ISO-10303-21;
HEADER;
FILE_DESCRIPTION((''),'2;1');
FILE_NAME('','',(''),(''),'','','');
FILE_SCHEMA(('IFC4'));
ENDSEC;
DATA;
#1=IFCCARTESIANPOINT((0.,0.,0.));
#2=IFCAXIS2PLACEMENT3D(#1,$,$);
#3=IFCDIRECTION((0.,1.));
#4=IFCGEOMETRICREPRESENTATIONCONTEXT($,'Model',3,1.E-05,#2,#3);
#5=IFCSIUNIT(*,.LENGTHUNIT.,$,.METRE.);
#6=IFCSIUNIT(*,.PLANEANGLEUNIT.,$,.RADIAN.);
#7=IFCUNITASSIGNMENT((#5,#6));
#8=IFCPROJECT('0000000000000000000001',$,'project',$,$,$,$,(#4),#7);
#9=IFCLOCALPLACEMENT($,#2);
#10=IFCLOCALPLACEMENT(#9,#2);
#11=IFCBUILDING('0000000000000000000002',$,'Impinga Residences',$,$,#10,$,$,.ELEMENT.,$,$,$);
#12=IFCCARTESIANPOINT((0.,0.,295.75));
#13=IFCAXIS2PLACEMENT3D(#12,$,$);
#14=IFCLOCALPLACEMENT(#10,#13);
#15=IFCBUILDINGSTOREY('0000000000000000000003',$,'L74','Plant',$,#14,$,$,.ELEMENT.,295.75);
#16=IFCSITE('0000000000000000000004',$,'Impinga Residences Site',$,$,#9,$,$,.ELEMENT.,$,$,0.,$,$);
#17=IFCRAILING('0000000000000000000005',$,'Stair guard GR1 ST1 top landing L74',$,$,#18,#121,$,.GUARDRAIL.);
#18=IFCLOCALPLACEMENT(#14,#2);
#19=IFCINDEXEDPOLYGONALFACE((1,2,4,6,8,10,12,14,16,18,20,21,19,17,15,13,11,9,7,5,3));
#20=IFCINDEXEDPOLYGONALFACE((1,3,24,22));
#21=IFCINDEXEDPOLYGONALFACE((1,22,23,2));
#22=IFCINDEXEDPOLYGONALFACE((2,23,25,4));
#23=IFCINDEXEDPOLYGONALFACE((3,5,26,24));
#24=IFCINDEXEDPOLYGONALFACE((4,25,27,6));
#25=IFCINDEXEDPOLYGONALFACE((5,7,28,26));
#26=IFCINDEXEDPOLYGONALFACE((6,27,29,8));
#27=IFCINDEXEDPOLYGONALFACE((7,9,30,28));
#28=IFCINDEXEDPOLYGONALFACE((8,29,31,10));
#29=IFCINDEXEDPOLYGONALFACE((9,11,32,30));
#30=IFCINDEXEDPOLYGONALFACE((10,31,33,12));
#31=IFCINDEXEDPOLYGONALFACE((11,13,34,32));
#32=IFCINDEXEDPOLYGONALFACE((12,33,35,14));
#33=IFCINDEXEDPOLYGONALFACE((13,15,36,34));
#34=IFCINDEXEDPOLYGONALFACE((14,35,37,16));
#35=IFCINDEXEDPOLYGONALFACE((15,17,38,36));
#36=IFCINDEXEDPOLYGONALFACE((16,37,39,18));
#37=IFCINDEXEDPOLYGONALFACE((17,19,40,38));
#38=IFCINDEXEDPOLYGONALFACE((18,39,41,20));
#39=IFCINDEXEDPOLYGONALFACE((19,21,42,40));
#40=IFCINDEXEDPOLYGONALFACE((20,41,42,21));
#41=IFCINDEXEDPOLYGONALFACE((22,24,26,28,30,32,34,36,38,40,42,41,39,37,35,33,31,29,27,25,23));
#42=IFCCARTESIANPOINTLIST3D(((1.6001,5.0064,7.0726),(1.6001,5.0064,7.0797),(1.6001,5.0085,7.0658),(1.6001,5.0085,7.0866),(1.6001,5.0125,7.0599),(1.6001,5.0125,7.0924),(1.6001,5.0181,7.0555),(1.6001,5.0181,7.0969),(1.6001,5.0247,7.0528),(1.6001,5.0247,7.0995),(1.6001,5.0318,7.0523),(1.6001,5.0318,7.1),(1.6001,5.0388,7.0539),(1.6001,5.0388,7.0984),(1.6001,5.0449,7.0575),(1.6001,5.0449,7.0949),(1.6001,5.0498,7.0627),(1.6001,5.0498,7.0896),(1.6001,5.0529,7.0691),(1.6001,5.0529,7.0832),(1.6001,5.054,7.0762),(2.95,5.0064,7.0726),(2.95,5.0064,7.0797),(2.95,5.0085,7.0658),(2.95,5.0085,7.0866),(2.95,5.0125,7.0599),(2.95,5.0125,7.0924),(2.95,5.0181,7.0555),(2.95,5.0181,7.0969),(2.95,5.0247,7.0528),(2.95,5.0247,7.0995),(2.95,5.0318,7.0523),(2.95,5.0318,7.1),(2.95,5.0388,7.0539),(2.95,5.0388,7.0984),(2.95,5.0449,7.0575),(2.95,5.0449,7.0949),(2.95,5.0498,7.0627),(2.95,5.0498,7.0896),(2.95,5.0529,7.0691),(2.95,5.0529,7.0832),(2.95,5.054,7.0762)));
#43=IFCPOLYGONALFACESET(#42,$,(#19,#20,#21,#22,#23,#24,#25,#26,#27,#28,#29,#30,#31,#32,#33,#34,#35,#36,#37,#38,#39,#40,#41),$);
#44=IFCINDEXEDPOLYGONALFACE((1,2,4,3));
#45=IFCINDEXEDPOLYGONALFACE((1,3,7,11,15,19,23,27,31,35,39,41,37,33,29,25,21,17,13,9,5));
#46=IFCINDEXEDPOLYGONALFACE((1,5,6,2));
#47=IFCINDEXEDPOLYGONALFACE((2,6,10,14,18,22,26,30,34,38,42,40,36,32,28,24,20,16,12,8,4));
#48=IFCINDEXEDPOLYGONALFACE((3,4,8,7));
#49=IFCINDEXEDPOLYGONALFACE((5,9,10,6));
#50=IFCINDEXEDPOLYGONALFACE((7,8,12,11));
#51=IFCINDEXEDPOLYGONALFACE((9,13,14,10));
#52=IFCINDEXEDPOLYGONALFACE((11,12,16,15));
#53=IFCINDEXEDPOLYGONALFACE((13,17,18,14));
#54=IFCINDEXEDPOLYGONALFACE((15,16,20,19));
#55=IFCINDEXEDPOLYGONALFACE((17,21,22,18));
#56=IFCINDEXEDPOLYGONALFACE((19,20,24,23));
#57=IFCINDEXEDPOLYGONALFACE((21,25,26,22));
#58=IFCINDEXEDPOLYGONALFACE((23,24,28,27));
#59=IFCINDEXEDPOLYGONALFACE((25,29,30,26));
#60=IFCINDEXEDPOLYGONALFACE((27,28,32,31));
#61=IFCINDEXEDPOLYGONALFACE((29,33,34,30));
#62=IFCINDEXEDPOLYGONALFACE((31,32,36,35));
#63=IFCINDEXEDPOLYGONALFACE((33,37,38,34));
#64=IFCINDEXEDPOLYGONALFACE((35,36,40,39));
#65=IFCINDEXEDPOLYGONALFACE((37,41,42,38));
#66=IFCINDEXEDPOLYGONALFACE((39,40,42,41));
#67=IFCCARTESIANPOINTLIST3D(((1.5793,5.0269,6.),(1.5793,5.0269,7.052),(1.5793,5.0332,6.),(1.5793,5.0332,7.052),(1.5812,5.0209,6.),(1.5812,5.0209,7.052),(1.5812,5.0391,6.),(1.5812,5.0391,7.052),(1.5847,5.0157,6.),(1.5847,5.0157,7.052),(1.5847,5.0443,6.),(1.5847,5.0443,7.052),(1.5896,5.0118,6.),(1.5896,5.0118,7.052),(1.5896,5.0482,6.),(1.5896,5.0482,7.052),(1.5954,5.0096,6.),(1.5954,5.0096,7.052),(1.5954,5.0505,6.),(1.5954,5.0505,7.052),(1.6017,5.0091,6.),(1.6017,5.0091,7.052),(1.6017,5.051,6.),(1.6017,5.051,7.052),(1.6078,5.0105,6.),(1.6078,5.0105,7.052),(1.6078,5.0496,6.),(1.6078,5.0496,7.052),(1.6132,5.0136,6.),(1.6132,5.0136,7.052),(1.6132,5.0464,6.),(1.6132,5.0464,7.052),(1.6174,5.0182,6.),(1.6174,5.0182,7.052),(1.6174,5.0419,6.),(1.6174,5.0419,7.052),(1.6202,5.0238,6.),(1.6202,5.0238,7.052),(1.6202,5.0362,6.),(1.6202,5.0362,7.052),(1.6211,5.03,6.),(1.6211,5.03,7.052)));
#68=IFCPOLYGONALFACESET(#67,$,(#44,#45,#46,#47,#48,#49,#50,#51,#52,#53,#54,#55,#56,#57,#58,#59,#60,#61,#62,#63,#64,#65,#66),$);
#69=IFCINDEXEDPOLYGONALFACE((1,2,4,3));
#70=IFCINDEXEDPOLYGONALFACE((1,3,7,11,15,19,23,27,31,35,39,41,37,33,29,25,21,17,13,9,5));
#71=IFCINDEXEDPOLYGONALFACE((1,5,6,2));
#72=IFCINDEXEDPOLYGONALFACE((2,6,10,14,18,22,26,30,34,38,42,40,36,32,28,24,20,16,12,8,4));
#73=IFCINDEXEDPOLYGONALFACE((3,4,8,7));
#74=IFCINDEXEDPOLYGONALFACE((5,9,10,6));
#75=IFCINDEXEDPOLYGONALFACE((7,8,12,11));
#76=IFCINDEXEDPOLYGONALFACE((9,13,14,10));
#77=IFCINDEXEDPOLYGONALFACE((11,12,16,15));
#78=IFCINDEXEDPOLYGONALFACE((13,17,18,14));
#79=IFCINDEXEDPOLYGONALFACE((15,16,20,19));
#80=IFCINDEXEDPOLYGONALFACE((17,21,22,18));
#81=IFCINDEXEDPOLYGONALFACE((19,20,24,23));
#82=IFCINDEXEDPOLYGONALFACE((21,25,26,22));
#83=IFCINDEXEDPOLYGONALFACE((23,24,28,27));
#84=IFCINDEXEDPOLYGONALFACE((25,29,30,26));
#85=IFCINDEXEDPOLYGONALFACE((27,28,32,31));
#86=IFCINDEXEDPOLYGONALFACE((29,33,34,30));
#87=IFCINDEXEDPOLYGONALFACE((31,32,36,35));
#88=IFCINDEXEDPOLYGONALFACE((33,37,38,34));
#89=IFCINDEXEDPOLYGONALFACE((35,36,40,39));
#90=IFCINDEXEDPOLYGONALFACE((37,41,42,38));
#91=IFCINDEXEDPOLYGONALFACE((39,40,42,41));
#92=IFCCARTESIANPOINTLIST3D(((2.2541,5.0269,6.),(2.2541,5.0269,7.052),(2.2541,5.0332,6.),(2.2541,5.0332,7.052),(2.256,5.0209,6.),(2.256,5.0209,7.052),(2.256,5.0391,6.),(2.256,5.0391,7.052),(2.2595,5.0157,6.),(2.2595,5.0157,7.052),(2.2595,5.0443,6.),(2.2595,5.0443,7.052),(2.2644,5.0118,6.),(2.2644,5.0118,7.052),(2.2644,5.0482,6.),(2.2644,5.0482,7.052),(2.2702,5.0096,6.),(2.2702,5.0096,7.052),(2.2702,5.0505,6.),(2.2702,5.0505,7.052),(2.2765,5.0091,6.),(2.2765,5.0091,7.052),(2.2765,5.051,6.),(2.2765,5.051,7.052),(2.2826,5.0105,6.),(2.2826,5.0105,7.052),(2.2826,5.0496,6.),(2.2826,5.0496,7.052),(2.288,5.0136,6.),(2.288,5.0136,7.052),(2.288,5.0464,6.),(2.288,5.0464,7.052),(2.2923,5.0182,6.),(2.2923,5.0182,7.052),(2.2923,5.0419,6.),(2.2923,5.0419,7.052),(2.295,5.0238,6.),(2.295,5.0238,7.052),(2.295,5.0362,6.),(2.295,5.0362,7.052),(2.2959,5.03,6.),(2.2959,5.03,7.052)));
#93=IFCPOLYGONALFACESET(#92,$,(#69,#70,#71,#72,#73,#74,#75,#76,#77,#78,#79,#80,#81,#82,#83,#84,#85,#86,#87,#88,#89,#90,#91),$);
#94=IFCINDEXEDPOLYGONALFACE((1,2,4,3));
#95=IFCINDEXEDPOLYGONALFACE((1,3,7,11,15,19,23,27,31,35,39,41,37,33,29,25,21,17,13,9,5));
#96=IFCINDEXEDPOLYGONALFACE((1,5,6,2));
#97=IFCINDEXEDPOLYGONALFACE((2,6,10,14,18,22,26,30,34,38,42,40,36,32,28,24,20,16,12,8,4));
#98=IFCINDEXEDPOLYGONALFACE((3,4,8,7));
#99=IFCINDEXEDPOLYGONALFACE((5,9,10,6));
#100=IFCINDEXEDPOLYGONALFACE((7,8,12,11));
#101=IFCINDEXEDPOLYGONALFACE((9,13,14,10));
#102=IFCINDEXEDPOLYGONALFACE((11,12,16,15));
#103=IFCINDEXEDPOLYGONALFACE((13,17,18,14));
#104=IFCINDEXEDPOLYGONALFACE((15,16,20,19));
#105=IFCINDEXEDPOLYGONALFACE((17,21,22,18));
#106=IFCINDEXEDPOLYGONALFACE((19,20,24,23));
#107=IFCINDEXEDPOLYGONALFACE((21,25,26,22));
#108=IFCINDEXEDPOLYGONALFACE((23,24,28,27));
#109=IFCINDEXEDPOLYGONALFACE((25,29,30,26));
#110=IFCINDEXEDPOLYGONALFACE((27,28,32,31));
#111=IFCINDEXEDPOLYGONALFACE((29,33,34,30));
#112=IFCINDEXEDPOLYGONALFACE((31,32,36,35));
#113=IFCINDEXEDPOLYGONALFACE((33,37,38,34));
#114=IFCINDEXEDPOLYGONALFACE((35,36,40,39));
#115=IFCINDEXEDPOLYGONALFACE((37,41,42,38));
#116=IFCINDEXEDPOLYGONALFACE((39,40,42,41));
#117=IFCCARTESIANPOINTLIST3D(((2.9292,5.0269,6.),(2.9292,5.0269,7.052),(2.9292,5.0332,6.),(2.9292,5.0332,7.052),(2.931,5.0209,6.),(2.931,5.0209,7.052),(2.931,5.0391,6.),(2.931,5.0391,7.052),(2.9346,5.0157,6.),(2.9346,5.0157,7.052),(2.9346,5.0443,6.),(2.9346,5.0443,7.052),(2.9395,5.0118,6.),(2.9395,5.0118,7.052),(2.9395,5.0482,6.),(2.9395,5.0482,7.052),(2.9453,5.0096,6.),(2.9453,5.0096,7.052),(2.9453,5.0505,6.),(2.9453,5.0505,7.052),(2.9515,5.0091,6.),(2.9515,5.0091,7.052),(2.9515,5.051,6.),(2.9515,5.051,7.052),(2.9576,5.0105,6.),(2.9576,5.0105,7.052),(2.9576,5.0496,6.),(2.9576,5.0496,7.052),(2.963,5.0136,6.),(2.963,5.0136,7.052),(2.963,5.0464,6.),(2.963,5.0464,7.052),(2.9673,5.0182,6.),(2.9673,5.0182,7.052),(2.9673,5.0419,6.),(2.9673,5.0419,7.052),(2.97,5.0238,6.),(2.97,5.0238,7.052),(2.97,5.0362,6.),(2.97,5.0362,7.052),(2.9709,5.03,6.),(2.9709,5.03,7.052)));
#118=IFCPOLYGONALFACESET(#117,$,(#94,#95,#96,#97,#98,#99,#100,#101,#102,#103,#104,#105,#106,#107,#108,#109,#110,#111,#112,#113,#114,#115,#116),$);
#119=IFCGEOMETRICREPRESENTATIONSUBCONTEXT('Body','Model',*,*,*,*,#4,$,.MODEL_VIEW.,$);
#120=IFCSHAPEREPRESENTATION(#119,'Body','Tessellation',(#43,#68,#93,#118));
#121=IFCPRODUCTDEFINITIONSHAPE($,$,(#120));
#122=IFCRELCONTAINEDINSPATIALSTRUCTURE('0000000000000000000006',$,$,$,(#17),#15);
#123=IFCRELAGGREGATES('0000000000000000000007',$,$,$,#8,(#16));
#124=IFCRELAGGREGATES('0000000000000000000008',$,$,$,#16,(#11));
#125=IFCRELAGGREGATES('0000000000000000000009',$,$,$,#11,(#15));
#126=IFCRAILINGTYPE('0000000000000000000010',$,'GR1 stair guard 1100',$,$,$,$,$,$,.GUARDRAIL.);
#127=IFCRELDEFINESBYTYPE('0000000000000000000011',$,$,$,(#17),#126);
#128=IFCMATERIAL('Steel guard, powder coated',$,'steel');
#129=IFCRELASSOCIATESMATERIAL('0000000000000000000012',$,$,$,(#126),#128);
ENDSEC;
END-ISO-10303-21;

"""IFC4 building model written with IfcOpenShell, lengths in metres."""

from ifc_helpers import new_model, si_unit, direction, frame, origin, origin_2d, place, context, subcontext, project, spatial, circle, extrude, material, type_object, element, save


model = new_model("IFC4")

# Units and contexts
model_context = context("Model", 3, precision=1e-05, world=origin(), true_north=direction((0.0, 1.0)))
body_context = subcontext(model_context, "Body", "Model", "MODEL_VIEW")
ifc_project = project(units=[si_unit("LENGTHUNIT", "METRE"), si_unit("PLANEANGLEUNIT", "RADIAN")], contexts=[model_context])

# Site, building, storey
site_placement = place(None, origin())
site = spatial("IfcSite", under=ifc_project, at=site_placement, Name="Impinga Residences Site", CompositionType="ELEMENT", RefElevation=0.0)
building_placement = place(site_placement, origin())
building = spatial("IfcBuilding", under=site, at=building_placement, Name="Impinga Residences", CompositionType="ELEMENT")
storey_placement = place(building_placement, frame((0.0, 0.0, 295.75)))
storey = spatial("IfcBuildingStorey", under=building, at=storey_placement, Name="L74", Description="Plant", CompositionType="ELEMENT", Elevation=295.75)

# Railing
ifc_material_1 = material(Name="Steel guard, powder coated", Category="steel")
railing_type_1 = type_object("IfcRailingType", Name="GR1 stair guard 1100", PredefinedType="GUARDRAIL", material=ifc_material_1)
railing_1_placement = place(storey_placement, frame((1.6001, 5.03, 6.0)))
element("IfcRailing", 1, at=railing_1_placement, inside=storey, type_object=railing_type_1, Name="Stair guard GR1 ST1 top landing L74", PredefinedType="GUARDRAIL", context=body_context, shape_type="SweptSolid", body=[
    extrude(circle(Radius=0.0239, at=origin_2d()), frame((0.0, 0.0, 1.0762), z_axis=(1.0, 0.0, 0.0), x_axis=(0.0, 1.0, 0.0)), (0.0, 0.0, 1.0), 1.3499),
    extrude(circle(Radius=0.021, at=origin_2d()), origin(), (0.0, 0.0, 1.0), 1.052),
    extrude(circle(Radius=0.021, at=origin_2d()), frame((0.6748, 0.0, 0.0)), (0.0, 0.0, 1.0), 1.052),
    extrude(circle(Radius=0.021, at=origin_2d()), frame((1.3499, 0.0, 0.0)), (0.0, 0.0, 1.0), 1.052),
])

save(model, "model.ifc")
